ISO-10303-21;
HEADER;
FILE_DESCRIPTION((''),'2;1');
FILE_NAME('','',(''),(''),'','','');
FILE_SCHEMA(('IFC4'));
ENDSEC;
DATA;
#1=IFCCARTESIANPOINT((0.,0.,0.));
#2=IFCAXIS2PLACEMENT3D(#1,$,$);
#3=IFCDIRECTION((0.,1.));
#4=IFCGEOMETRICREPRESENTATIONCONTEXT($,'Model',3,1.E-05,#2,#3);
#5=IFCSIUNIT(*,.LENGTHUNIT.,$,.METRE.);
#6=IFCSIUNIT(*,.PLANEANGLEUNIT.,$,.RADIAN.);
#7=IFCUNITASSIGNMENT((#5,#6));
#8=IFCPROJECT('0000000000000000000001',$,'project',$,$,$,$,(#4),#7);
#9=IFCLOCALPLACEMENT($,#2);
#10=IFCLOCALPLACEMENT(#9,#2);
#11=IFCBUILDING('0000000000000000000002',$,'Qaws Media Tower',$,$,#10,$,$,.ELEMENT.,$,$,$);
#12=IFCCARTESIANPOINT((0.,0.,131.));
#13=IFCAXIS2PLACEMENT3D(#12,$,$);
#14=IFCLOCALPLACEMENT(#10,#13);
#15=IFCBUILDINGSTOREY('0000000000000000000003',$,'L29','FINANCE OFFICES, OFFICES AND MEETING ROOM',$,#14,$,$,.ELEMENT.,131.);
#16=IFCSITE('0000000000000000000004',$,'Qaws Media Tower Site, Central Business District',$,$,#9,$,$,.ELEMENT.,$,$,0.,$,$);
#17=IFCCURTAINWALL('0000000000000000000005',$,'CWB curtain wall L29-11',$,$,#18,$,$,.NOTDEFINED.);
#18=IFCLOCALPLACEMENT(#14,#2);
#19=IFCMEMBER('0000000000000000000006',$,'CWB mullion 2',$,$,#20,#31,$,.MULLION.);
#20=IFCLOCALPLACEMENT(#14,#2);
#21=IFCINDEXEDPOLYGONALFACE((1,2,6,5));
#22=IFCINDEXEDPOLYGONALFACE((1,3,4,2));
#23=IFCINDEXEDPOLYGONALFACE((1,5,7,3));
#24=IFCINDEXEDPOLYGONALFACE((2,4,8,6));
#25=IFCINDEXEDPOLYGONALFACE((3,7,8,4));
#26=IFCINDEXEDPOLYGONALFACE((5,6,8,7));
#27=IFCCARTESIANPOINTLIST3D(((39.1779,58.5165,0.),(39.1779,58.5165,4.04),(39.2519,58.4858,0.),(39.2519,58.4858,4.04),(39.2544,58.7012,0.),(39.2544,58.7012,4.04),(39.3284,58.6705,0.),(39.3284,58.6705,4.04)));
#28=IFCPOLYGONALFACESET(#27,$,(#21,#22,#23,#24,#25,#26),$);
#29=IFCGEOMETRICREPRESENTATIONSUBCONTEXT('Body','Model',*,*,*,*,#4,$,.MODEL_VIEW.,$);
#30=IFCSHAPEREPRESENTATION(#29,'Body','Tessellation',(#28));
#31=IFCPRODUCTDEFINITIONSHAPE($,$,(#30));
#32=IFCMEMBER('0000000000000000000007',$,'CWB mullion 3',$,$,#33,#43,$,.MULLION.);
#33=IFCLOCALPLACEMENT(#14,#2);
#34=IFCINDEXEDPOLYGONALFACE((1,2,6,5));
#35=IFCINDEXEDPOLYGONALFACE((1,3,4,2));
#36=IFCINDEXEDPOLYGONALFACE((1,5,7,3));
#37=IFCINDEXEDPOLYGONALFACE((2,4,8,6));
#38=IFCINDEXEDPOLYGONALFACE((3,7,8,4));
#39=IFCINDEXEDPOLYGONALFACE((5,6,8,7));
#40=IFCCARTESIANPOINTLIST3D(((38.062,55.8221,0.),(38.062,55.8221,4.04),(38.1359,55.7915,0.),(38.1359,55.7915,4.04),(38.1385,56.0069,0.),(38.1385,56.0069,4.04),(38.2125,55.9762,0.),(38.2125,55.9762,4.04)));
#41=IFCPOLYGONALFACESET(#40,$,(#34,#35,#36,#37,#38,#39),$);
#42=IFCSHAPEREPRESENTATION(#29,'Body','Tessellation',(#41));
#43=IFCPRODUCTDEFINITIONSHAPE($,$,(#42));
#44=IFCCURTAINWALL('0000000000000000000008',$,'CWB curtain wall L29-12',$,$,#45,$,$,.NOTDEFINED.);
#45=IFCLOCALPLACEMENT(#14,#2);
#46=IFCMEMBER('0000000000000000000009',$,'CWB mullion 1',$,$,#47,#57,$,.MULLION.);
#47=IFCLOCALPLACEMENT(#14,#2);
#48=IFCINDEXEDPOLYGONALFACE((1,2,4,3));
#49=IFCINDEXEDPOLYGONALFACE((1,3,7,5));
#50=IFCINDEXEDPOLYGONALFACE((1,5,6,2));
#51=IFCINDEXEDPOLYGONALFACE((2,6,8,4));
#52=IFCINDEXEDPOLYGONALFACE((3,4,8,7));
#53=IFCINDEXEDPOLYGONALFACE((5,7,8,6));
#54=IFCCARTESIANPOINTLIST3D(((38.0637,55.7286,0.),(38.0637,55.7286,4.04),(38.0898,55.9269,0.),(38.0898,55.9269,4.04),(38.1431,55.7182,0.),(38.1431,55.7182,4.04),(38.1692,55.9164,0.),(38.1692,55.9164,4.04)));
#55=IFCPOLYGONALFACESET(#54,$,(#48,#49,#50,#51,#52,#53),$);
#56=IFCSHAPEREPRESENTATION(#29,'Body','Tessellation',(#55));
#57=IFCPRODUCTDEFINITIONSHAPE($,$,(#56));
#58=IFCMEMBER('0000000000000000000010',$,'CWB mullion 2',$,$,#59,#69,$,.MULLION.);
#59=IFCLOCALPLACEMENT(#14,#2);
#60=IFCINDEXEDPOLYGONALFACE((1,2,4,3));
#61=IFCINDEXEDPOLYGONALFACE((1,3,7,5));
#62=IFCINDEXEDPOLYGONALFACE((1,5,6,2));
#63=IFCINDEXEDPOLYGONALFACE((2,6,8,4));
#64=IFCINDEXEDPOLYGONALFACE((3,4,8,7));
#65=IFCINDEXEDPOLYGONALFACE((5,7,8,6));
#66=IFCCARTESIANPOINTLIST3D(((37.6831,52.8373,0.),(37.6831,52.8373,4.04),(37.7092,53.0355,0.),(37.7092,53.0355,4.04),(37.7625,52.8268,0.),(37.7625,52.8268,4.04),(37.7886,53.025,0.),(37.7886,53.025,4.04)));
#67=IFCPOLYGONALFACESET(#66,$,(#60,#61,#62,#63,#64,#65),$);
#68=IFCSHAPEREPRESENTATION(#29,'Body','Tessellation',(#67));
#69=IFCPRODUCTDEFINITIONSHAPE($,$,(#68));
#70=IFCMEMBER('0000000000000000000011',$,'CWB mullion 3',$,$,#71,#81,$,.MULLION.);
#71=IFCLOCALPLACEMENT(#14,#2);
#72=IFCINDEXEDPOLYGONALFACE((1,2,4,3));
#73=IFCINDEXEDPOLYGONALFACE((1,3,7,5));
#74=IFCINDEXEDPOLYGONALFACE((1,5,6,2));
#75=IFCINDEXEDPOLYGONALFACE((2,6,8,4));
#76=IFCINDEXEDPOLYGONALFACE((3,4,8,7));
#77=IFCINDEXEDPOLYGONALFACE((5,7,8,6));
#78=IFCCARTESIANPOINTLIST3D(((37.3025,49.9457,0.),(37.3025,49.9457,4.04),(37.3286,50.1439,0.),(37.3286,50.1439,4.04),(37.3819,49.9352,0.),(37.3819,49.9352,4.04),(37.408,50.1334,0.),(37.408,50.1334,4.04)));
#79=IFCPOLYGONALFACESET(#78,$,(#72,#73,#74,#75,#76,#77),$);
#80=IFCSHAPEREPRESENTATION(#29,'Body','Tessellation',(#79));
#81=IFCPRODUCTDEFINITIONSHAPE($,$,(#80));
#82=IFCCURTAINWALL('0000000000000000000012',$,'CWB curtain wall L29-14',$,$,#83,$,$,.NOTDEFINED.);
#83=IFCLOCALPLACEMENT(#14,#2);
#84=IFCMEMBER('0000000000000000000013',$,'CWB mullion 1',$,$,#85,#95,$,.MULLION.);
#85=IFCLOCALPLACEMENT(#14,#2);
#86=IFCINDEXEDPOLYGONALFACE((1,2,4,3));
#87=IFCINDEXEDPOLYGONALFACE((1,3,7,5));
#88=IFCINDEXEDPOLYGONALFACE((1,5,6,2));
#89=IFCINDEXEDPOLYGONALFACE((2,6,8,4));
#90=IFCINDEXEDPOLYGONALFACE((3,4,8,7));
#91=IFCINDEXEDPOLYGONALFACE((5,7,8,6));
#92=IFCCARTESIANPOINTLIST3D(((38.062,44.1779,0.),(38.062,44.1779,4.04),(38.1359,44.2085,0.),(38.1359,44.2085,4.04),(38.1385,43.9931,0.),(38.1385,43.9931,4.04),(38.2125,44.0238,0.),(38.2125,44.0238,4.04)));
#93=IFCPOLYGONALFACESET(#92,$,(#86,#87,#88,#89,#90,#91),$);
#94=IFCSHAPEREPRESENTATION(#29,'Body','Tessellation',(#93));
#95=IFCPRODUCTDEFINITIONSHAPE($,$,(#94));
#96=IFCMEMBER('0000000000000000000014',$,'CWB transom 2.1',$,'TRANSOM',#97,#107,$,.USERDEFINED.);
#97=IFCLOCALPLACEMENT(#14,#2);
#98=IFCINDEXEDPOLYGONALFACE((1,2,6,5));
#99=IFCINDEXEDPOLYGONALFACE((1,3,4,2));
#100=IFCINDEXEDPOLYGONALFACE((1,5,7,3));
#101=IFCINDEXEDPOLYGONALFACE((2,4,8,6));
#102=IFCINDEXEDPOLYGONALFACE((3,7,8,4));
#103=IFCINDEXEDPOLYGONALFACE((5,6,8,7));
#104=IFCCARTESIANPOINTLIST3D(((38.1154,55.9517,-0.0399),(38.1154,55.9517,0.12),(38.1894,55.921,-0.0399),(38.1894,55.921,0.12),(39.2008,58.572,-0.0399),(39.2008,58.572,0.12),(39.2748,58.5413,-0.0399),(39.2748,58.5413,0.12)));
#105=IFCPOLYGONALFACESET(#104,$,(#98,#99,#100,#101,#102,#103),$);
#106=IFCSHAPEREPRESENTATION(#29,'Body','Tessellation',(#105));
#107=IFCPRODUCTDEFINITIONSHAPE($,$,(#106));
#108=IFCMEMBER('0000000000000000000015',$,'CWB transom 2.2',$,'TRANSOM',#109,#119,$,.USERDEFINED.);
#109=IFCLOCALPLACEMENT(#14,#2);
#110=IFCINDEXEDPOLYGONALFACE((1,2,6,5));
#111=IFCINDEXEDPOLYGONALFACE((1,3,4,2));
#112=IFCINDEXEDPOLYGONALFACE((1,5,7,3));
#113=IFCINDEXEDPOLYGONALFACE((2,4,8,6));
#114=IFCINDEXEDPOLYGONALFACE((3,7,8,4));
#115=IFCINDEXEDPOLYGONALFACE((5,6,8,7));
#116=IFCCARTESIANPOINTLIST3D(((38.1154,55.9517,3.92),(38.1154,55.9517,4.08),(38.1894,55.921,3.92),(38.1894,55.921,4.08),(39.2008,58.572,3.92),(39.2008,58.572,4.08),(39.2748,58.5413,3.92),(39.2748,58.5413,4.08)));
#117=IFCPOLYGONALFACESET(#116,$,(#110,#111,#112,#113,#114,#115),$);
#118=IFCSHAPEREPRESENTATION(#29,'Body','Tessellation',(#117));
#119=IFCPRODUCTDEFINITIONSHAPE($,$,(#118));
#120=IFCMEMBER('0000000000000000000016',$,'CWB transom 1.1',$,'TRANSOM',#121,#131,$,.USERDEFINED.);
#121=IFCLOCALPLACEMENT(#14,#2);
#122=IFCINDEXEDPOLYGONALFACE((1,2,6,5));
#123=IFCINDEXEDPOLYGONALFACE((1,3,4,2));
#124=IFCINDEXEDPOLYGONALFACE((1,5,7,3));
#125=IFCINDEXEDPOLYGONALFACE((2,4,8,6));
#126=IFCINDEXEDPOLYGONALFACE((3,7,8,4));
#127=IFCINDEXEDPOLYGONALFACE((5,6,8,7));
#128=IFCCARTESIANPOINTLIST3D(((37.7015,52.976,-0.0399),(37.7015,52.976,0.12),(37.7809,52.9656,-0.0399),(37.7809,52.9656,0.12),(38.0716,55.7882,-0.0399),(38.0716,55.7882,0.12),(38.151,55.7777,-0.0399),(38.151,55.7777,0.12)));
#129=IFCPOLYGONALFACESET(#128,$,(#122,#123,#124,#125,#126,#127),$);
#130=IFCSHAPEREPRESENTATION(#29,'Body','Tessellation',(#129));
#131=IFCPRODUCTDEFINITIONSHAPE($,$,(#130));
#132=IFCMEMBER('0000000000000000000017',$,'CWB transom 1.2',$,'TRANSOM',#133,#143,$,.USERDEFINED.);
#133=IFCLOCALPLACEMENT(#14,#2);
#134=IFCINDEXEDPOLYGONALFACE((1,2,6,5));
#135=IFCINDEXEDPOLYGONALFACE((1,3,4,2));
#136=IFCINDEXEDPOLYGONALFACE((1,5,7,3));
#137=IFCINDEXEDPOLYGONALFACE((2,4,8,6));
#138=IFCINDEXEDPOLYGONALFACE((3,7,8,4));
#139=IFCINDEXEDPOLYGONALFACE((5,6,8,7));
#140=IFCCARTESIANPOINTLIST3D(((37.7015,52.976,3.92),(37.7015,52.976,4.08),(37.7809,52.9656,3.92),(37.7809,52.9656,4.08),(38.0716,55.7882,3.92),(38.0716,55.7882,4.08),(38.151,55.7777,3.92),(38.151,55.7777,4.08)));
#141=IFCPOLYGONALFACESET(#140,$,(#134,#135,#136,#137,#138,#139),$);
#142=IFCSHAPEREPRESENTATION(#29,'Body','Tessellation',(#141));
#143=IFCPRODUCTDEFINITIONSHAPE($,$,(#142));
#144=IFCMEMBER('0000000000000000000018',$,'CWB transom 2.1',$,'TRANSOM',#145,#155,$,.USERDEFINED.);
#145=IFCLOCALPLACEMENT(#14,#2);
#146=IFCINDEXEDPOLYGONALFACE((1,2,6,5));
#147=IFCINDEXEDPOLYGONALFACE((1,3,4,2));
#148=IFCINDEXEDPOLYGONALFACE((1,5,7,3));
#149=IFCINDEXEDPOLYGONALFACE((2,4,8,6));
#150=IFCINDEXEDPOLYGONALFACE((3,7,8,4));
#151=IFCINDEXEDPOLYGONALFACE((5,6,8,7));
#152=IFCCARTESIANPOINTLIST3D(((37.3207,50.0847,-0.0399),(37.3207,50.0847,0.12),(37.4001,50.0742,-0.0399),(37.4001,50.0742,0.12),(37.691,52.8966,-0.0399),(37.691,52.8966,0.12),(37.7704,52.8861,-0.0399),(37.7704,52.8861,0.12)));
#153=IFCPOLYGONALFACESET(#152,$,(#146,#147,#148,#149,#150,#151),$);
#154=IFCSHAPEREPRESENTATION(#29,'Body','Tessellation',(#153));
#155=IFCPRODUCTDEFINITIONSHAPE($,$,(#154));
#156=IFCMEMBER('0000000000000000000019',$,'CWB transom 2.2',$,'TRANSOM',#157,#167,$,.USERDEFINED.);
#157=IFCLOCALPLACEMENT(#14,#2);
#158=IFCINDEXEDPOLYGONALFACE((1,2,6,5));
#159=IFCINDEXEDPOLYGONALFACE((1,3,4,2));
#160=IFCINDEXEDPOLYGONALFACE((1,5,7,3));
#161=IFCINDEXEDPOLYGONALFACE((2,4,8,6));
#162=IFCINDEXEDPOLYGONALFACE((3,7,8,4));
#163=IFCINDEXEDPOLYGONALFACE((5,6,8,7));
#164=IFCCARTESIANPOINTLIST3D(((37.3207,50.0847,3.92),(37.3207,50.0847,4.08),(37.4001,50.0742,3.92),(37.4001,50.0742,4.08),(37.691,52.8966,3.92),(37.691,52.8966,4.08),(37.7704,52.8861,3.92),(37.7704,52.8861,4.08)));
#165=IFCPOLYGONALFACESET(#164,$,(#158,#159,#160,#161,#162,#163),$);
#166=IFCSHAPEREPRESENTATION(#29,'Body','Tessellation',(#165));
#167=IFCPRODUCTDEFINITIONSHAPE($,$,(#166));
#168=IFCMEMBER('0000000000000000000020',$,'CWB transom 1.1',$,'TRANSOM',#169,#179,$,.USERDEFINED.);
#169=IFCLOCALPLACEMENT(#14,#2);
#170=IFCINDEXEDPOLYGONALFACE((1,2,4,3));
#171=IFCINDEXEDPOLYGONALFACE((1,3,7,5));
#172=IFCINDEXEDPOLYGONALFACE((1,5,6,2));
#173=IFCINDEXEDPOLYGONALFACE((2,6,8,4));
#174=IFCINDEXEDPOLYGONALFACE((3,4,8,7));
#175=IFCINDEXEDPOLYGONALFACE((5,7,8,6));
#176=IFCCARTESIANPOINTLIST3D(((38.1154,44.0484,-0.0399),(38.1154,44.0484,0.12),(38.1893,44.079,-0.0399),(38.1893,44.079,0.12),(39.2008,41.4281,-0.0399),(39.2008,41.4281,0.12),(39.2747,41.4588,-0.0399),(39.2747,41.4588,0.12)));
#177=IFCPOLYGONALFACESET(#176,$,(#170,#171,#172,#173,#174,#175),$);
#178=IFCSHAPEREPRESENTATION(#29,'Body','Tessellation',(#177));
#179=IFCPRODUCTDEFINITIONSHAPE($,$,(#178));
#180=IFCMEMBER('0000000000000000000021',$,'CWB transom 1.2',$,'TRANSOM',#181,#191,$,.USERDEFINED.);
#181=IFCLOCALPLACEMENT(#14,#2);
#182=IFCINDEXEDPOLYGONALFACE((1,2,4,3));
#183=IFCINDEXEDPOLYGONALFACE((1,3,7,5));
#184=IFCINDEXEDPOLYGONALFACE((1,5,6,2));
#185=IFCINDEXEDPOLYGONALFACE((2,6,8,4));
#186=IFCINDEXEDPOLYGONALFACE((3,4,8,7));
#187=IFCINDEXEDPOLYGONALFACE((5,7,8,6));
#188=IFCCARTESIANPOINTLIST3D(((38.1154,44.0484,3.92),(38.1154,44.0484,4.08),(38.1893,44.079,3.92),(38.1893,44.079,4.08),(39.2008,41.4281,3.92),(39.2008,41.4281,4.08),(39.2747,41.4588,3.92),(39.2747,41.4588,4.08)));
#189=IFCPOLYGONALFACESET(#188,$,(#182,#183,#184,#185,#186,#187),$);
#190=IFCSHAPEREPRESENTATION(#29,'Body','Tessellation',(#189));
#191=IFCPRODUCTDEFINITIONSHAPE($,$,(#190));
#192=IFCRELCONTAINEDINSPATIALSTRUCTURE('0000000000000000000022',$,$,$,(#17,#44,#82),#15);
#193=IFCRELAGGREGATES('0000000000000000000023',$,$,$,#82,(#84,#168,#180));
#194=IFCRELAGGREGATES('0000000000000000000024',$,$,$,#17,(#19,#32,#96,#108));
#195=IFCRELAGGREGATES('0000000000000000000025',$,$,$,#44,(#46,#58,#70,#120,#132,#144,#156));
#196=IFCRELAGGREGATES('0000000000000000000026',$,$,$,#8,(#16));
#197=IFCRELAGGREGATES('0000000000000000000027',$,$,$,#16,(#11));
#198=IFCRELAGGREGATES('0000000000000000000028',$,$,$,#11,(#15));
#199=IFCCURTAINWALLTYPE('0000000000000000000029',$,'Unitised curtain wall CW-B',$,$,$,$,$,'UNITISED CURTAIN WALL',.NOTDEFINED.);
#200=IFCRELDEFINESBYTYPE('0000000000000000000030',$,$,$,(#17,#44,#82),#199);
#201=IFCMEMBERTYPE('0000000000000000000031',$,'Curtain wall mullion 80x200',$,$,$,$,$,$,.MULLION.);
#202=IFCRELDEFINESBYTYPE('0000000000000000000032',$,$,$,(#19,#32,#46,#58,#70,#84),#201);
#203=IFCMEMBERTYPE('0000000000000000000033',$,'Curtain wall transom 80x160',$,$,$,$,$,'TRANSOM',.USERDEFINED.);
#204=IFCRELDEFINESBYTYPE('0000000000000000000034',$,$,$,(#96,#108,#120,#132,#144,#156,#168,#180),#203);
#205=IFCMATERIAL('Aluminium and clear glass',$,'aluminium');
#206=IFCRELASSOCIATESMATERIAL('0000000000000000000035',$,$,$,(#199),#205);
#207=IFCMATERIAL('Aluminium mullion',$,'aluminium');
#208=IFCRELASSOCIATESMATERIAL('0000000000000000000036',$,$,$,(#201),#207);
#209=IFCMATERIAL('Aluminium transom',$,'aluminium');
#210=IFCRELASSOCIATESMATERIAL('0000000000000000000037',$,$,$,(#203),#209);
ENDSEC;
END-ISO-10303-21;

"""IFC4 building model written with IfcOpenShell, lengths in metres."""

from ifc_helpers import new_model, si_unit, direction, frame, origin, origin_2d, place, context, subcontext, project, spatial, rectangle, extrude, material, material_profile, profile_set, type_object, element, aggregate, save


model = new_model("IFC4")

# Units and contexts
model_context = context("Model", 3, precision=1e-05, world=origin(), true_north=direction((0.0, 1.0)))
body_context = subcontext(model_context, "Body", "Model", "MODEL_VIEW")
ifc_project = project(units=[si_unit("LENGTHUNIT", "METRE"), si_unit("PLANEANGLEUNIT", "RADIAN")], contexts=[model_context])

# Site, building, storey
site_placement = place(None, origin())
site = spatial("IfcSite", under=ifc_project, at=site_placement, Name="Qaws Media Tower Site, Central Business District", CompositionType="ELEMENT", RefElevation=0.0)
building_placement = place(site_placement, origin())
building = spatial("IfcBuilding", under=site, at=building_placement, Name="Qaws Media Tower", CompositionType="ELEMENT")
storey_placement = place(building_placement, frame((0.0, 0.0, 131.0)))
storey = spatial("IfcBuildingStorey", under=building, at=storey_placement, Name="L29", Description="FINANCE OFFICES, OFFICES AND MEETING ROOM", CompositionType="ELEMENT", Elevation=131.0)

# Curtain walls, members
ifc_material_1 = material(Name="Aluminium and clear glass", Category="aluminium")
curtain_wall_type = type_object("IfcCurtainWallType", Name="Unitised curtain wall CW-B", ElementType="UNITISED CURTAIN WALL", PredefinedType="NOTDEFINED", material=ifc_material_1)
curtain_wall_1_placement = place(storey_placement, origin())
curtain_wall_1 = element("IfcCurtainWall", 1, at=curtain_wall_1_placement, inside=storey, type_object=curtain_wall_type, Name="CWB curtain wall L29-11", PredefinedType="NOTDEFINED")
ifc_material_2 = material(Name="Aluminium mullion", Category="aluminium")
ifc_material_profile_1 = material_profile(ifc_material_2, rectangle(XDim=0.0801, YDim=0.2, at=origin_2d()), Name="80x200")
ifc_profile_set_1 = profile_set([ifc_material_profile_1], Name="Aluminium mullion")
member_type_1 = type_object("IfcMemberType", Name="Curtain wall mullion 80x200", PredefinedType="MULLION", material=ifc_profile_set_1)
member_1_placement = place(storey_placement, frame((39.2532, 58.5935, 0.0), z_axis=(0.0, 0.0, 1.0), x_axis=(0.92388, -0.382683, 0.0)))
member_1 = element("IfcMember", 2, at=member_1_placement, type_object=member_type_1, Name="CWB mullion 2", PredefinedType="MULLION", context=body_context, shape_type="SweptSolid", body=[
    extrude(rectangle(XDim=0.0801, YDim=0.2, at=origin_2d()), origin(), (0.0, 0.0, 1.0), 4.04),
])
member_2_placement = place(storey_placement, frame((38.1372, 55.8992, 0.0), z_axis=(0.0, 0.0, 1.0), x_axis=(0.92388, -0.382683, 0.0)))
member_2 = element("IfcMember", 3, at=member_2_placement, type_object=member_type_1, Name="CWB mullion 3", PredefinedType="MULLION", context=body_context, shape_type="SweptSolid", body=[
    extrude(rectangle(XDim=0.0801, YDim=0.2, at=origin_2d()), origin(), (0.0, 0.0, 1.0), 4.04),
])
curtain_wall_2_placement = place(storey_placement, origin())
curtain_wall_2 = element("IfcCurtainWall", 4, at=curtain_wall_2_placement, inside=storey, type_object=curtain_wall_type, Name="CWB curtain wall L29-12", PredefinedType="NOTDEFINED")
member_3_placement = place(storey_placement, frame((38.1165, 55.8225, 0.0), z_axis=(0.0, 0.0, 1.0), x_axis=(0.991445, -0.130526, 0.0)))
member_3 = element("IfcMember", 5, at=member_3_placement, type_object=member_type_1, Name="CWB mullion 1", PredefinedType="MULLION", context=body_context, shape_type="SweptSolid", body=[
    extrude(rectangle(XDim=0.0801, YDim=0.2, at=origin_2d()), origin(), (0.0, 0.0, 1.0), 4.04),
])
member_4_placement = place(storey_placement, frame((37.7358, 52.9312, 0.0), z_axis=(0.0, 0.0, 1.0), x_axis=(0.991445, -0.130526, 0.0)))
member_4 = element("IfcMember", 6, at=member_4_placement, type_object=member_type_1, Name="CWB mullion 2", PredefinedType="MULLION", context=body_context, shape_type="SweptSolid", body=[
    extrude(rectangle(XDim=0.0801, YDim=0.2, at=origin_2d()), origin(), (0.0, 0.0, 1.0), 4.04),
])
member_5_placement = place(storey_placement, frame((37.3552, 50.0396, 0.0), z_axis=(0.0, 0.0, 1.0), x_axis=(0.991445, -0.130526, 0.0)))
member_5 = element("IfcMember", 7, at=member_5_placement, type_object=member_type_1, Name="CWB mullion 3", PredefinedType="MULLION", context=body_context, shape_type="SweptSolid", body=[
    extrude(rectangle(XDim=0.0801, YDim=0.2, at=origin_2d()), origin(), (0.0, 0.0, 1.0), 4.04),
])

# Curtain wall, member
curtain_wall_3_placement = place(storey_placement, origin())
curtain_wall_3 = element("IfcCurtainWall", 8, at=curtain_wall_3_placement, inside=storey, type_object=curtain_wall_type, Name="CWB curtain wall L29-14", PredefinedType="NOTDEFINED")
member_6_placement = place(storey_placement, frame((38.1372, 44.1008, 0.0), z_axis=(0.0, 0.0, 1.0), x_axis=(0.92388, 0.382683, 0.0)))
member_6 = element("IfcMember", 9, at=member_6_placement, type_object=member_type_1, Name="CWB mullion 1", PredefinedType="MULLION", context=body_context, shape_type="SweptSolid", body=[
    extrude(rectangle(XDim=0.0801, YDim=0.2, at=origin_2d()), origin(), (0.0, 0.0, 1.0), 4.04),
])

# Members
ifc_material_3 = material(Name="Aluminium transom", Category="aluminium")
ifc_material_profile_2 = material_profile(ifc_material_3, rectangle(XDim=0.0801, YDim=0.1599, at=origin_2d()), Name="80x160")
ifc_profile_set_2 = profile_set([ifc_material_profile_2], Name="Aluminium transom")
member_type_2 = type_object("IfcMemberType", Name="Curtain wall transom 80x160", ElementType="TRANSOM", PredefinedType="USERDEFINED", material=ifc_profile_set_2)
member_7_placement = place(storey_placement, frame((39.2378, 58.5566, 0.04), z_axis=(-0.382701, -0.923872, 0.0), x_axis=(0.923872, -0.382701, 0.0)))
member_7 = element("IfcMember", 10, at=member_7_placement, type_object=member_type_2, Name="CWB transom 2.1", ObjectType="TRANSOM", PredefinedType="USERDEFINED", context=body_context, shape_type="SweptSolid", body=[
    extrude(rectangle(XDim=0.0801, YDim=0.1599, at=origin_2d()), origin(), (0.0, 0.0, 1.0), 2.8362),
])
member_8_placement = place(storey_placement, frame((39.2378, 58.5566, 4.0), z_axis=(-0.382701, -0.923872, 0.0), x_axis=(0.923872, -0.382701, 0.0)))
member_8 = element("IfcMember", 11, at=member_8_placement, type_object=member_type_2, Name="CWB transom 2.2", ObjectType="TRANSOM", PredefinedType="USERDEFINED", context=body_context, shape_type="SweptSolid", body=[
    extrude(rectangle(XDim=0.0801, YDim=0.1599, at=origin_2d()), origin(), (0.0, 0.0, 1.0), 2.8362),
])
member_9_placement = place(storey_placement, frame((38.1113, 55.783, 0.04), z_axis=(-0.130483, -0.99145, 0.0), x_axis=(0.99145, -0.130483, 0.0)))
member_9 = element("IfcMember", 12, at=member_9_placement, type_object=member_type_2, Name="CWB transom 1.1", ObjectType="TRANSOM", PredefinedType="USERDEFINED", context=body_context, shape_type="SweptSolid", body=[
    extrude(rectangle(XDim=0.0801, YDim=0.1599, at=origin_2d()), origin(), (0.0, 0.0, 1.0), 2.8364),
])
member_10_placement = place(storey_placement, frame((38.1113, 55.783, 4.0), z_axis=(-0.130483, -0.99145, 0.0), x_axis=(0.99145, -0.130483, 0.0)))
member_10 = element("IfcMember", 13, at=member_10_placement, type_object=member_type_2, Name="CWB transom 1.2", ObjectType="TRANSOM", PredefinedType="USERDEFINED", context=body_context, shape_type="SweptSolid", body=[
    extrude(rectangle(XDim=0.0801, YDim=0.1599, at=origin_2d()), origin(), (0.0, 0.0, 1.0), 2.8364),
])
member_11_placement = place(storey_placement, frame((37.7307, 52.8914, 0.04), z_axis=(-0.130579, -0.991438, 0.0), x_axis=(0.991438, -0.130579, 0.0)))
member_11 = element("IfcMember", 14, at=member_11_placement, type_object=member_type_2, Name="CWB transom 2.1", ObjectType="TRANSOM", PredefinedType="USERDEFINED", context=body_context, shape_type="SweptSolid", body=[
    extrude(rectangle(XDim=0.0801, YDim=0.1599, at=origin_2d()), origin(), (0.0, 0.0, 1.0), 2.8362),
])
member_12_placement = place(storey_placement, frame((37.7307, 52.8914, 4.0), z_axis=(-0.130579, -0.991438, 0.0), x_axis=(0.991438, -0.130579, 0.0)))
member_12 = element("IfcMember", 15, at=member_12_placement, type_object=member_type_2, Name="CWB transom 2.2", ObjectType="TRANSOM", PredefinedType="USERDEFINED", context=body_context, shape_type="SweptSolid", body=[
    extrude(rectangle(XDim=0.0801, YDim=0.1599, at=origin_2d()), origin(), (0.0, 0.0, 1.0), 2.8362),
])
member_13_placement = place(storey_placement, frame((38.1523, 44.0637, 0.04), z_axis=(0.382701, -0.923872, 0.0), x_axis=(0.923872, 0.382701, 0.0)))
member_13 = element("IfcMember", 16, at=member_13_placement, type_object=member_type_2, Name="CWB transom 1.1", ObjectType="TRANSOM", PredefinedType="USERDEFINED", context=body_context, shape_type="SweptSolid", body=[
    extrude(rectangle(XDim=0.0801, YDim=0.1599, at=origin_2d()), origin(), (0.0, 0.0, 1.0), 2.8362),
])
member_14_placement = place(storey_placement, frame((38.1523, 44.0637, 4.0), z_axis=(0.382701, -0.923872, 0.0), x_axis=(0.923872, 0.382701, 0.0)))
member_14 = element("IfcMember", 17, at=member_14_placement, type_object=member_type_2, Name="CWB transom 1.2", ObjectType="TRANSOM", PredefinedType="USERDEFINED", context=body_context, shape_type="SweptSolid", body=[
    extrude(rectangle(XDim=0.0801, YDim=0.1599, at=origin_2d()), origin(), (0.0, 0.0, 1.0), 2.8362),
])
aggregate(curtain_wall_3, [member_6, member_13, member_14])

aggregate(curtain_wall_1, [member_1, member_2, member_7, member_8])
aggregate(curtain_wall_2, [member_3, member_4, member_5, member_9, member_10, member_11, member_12])

save(model, "model.ifc")
